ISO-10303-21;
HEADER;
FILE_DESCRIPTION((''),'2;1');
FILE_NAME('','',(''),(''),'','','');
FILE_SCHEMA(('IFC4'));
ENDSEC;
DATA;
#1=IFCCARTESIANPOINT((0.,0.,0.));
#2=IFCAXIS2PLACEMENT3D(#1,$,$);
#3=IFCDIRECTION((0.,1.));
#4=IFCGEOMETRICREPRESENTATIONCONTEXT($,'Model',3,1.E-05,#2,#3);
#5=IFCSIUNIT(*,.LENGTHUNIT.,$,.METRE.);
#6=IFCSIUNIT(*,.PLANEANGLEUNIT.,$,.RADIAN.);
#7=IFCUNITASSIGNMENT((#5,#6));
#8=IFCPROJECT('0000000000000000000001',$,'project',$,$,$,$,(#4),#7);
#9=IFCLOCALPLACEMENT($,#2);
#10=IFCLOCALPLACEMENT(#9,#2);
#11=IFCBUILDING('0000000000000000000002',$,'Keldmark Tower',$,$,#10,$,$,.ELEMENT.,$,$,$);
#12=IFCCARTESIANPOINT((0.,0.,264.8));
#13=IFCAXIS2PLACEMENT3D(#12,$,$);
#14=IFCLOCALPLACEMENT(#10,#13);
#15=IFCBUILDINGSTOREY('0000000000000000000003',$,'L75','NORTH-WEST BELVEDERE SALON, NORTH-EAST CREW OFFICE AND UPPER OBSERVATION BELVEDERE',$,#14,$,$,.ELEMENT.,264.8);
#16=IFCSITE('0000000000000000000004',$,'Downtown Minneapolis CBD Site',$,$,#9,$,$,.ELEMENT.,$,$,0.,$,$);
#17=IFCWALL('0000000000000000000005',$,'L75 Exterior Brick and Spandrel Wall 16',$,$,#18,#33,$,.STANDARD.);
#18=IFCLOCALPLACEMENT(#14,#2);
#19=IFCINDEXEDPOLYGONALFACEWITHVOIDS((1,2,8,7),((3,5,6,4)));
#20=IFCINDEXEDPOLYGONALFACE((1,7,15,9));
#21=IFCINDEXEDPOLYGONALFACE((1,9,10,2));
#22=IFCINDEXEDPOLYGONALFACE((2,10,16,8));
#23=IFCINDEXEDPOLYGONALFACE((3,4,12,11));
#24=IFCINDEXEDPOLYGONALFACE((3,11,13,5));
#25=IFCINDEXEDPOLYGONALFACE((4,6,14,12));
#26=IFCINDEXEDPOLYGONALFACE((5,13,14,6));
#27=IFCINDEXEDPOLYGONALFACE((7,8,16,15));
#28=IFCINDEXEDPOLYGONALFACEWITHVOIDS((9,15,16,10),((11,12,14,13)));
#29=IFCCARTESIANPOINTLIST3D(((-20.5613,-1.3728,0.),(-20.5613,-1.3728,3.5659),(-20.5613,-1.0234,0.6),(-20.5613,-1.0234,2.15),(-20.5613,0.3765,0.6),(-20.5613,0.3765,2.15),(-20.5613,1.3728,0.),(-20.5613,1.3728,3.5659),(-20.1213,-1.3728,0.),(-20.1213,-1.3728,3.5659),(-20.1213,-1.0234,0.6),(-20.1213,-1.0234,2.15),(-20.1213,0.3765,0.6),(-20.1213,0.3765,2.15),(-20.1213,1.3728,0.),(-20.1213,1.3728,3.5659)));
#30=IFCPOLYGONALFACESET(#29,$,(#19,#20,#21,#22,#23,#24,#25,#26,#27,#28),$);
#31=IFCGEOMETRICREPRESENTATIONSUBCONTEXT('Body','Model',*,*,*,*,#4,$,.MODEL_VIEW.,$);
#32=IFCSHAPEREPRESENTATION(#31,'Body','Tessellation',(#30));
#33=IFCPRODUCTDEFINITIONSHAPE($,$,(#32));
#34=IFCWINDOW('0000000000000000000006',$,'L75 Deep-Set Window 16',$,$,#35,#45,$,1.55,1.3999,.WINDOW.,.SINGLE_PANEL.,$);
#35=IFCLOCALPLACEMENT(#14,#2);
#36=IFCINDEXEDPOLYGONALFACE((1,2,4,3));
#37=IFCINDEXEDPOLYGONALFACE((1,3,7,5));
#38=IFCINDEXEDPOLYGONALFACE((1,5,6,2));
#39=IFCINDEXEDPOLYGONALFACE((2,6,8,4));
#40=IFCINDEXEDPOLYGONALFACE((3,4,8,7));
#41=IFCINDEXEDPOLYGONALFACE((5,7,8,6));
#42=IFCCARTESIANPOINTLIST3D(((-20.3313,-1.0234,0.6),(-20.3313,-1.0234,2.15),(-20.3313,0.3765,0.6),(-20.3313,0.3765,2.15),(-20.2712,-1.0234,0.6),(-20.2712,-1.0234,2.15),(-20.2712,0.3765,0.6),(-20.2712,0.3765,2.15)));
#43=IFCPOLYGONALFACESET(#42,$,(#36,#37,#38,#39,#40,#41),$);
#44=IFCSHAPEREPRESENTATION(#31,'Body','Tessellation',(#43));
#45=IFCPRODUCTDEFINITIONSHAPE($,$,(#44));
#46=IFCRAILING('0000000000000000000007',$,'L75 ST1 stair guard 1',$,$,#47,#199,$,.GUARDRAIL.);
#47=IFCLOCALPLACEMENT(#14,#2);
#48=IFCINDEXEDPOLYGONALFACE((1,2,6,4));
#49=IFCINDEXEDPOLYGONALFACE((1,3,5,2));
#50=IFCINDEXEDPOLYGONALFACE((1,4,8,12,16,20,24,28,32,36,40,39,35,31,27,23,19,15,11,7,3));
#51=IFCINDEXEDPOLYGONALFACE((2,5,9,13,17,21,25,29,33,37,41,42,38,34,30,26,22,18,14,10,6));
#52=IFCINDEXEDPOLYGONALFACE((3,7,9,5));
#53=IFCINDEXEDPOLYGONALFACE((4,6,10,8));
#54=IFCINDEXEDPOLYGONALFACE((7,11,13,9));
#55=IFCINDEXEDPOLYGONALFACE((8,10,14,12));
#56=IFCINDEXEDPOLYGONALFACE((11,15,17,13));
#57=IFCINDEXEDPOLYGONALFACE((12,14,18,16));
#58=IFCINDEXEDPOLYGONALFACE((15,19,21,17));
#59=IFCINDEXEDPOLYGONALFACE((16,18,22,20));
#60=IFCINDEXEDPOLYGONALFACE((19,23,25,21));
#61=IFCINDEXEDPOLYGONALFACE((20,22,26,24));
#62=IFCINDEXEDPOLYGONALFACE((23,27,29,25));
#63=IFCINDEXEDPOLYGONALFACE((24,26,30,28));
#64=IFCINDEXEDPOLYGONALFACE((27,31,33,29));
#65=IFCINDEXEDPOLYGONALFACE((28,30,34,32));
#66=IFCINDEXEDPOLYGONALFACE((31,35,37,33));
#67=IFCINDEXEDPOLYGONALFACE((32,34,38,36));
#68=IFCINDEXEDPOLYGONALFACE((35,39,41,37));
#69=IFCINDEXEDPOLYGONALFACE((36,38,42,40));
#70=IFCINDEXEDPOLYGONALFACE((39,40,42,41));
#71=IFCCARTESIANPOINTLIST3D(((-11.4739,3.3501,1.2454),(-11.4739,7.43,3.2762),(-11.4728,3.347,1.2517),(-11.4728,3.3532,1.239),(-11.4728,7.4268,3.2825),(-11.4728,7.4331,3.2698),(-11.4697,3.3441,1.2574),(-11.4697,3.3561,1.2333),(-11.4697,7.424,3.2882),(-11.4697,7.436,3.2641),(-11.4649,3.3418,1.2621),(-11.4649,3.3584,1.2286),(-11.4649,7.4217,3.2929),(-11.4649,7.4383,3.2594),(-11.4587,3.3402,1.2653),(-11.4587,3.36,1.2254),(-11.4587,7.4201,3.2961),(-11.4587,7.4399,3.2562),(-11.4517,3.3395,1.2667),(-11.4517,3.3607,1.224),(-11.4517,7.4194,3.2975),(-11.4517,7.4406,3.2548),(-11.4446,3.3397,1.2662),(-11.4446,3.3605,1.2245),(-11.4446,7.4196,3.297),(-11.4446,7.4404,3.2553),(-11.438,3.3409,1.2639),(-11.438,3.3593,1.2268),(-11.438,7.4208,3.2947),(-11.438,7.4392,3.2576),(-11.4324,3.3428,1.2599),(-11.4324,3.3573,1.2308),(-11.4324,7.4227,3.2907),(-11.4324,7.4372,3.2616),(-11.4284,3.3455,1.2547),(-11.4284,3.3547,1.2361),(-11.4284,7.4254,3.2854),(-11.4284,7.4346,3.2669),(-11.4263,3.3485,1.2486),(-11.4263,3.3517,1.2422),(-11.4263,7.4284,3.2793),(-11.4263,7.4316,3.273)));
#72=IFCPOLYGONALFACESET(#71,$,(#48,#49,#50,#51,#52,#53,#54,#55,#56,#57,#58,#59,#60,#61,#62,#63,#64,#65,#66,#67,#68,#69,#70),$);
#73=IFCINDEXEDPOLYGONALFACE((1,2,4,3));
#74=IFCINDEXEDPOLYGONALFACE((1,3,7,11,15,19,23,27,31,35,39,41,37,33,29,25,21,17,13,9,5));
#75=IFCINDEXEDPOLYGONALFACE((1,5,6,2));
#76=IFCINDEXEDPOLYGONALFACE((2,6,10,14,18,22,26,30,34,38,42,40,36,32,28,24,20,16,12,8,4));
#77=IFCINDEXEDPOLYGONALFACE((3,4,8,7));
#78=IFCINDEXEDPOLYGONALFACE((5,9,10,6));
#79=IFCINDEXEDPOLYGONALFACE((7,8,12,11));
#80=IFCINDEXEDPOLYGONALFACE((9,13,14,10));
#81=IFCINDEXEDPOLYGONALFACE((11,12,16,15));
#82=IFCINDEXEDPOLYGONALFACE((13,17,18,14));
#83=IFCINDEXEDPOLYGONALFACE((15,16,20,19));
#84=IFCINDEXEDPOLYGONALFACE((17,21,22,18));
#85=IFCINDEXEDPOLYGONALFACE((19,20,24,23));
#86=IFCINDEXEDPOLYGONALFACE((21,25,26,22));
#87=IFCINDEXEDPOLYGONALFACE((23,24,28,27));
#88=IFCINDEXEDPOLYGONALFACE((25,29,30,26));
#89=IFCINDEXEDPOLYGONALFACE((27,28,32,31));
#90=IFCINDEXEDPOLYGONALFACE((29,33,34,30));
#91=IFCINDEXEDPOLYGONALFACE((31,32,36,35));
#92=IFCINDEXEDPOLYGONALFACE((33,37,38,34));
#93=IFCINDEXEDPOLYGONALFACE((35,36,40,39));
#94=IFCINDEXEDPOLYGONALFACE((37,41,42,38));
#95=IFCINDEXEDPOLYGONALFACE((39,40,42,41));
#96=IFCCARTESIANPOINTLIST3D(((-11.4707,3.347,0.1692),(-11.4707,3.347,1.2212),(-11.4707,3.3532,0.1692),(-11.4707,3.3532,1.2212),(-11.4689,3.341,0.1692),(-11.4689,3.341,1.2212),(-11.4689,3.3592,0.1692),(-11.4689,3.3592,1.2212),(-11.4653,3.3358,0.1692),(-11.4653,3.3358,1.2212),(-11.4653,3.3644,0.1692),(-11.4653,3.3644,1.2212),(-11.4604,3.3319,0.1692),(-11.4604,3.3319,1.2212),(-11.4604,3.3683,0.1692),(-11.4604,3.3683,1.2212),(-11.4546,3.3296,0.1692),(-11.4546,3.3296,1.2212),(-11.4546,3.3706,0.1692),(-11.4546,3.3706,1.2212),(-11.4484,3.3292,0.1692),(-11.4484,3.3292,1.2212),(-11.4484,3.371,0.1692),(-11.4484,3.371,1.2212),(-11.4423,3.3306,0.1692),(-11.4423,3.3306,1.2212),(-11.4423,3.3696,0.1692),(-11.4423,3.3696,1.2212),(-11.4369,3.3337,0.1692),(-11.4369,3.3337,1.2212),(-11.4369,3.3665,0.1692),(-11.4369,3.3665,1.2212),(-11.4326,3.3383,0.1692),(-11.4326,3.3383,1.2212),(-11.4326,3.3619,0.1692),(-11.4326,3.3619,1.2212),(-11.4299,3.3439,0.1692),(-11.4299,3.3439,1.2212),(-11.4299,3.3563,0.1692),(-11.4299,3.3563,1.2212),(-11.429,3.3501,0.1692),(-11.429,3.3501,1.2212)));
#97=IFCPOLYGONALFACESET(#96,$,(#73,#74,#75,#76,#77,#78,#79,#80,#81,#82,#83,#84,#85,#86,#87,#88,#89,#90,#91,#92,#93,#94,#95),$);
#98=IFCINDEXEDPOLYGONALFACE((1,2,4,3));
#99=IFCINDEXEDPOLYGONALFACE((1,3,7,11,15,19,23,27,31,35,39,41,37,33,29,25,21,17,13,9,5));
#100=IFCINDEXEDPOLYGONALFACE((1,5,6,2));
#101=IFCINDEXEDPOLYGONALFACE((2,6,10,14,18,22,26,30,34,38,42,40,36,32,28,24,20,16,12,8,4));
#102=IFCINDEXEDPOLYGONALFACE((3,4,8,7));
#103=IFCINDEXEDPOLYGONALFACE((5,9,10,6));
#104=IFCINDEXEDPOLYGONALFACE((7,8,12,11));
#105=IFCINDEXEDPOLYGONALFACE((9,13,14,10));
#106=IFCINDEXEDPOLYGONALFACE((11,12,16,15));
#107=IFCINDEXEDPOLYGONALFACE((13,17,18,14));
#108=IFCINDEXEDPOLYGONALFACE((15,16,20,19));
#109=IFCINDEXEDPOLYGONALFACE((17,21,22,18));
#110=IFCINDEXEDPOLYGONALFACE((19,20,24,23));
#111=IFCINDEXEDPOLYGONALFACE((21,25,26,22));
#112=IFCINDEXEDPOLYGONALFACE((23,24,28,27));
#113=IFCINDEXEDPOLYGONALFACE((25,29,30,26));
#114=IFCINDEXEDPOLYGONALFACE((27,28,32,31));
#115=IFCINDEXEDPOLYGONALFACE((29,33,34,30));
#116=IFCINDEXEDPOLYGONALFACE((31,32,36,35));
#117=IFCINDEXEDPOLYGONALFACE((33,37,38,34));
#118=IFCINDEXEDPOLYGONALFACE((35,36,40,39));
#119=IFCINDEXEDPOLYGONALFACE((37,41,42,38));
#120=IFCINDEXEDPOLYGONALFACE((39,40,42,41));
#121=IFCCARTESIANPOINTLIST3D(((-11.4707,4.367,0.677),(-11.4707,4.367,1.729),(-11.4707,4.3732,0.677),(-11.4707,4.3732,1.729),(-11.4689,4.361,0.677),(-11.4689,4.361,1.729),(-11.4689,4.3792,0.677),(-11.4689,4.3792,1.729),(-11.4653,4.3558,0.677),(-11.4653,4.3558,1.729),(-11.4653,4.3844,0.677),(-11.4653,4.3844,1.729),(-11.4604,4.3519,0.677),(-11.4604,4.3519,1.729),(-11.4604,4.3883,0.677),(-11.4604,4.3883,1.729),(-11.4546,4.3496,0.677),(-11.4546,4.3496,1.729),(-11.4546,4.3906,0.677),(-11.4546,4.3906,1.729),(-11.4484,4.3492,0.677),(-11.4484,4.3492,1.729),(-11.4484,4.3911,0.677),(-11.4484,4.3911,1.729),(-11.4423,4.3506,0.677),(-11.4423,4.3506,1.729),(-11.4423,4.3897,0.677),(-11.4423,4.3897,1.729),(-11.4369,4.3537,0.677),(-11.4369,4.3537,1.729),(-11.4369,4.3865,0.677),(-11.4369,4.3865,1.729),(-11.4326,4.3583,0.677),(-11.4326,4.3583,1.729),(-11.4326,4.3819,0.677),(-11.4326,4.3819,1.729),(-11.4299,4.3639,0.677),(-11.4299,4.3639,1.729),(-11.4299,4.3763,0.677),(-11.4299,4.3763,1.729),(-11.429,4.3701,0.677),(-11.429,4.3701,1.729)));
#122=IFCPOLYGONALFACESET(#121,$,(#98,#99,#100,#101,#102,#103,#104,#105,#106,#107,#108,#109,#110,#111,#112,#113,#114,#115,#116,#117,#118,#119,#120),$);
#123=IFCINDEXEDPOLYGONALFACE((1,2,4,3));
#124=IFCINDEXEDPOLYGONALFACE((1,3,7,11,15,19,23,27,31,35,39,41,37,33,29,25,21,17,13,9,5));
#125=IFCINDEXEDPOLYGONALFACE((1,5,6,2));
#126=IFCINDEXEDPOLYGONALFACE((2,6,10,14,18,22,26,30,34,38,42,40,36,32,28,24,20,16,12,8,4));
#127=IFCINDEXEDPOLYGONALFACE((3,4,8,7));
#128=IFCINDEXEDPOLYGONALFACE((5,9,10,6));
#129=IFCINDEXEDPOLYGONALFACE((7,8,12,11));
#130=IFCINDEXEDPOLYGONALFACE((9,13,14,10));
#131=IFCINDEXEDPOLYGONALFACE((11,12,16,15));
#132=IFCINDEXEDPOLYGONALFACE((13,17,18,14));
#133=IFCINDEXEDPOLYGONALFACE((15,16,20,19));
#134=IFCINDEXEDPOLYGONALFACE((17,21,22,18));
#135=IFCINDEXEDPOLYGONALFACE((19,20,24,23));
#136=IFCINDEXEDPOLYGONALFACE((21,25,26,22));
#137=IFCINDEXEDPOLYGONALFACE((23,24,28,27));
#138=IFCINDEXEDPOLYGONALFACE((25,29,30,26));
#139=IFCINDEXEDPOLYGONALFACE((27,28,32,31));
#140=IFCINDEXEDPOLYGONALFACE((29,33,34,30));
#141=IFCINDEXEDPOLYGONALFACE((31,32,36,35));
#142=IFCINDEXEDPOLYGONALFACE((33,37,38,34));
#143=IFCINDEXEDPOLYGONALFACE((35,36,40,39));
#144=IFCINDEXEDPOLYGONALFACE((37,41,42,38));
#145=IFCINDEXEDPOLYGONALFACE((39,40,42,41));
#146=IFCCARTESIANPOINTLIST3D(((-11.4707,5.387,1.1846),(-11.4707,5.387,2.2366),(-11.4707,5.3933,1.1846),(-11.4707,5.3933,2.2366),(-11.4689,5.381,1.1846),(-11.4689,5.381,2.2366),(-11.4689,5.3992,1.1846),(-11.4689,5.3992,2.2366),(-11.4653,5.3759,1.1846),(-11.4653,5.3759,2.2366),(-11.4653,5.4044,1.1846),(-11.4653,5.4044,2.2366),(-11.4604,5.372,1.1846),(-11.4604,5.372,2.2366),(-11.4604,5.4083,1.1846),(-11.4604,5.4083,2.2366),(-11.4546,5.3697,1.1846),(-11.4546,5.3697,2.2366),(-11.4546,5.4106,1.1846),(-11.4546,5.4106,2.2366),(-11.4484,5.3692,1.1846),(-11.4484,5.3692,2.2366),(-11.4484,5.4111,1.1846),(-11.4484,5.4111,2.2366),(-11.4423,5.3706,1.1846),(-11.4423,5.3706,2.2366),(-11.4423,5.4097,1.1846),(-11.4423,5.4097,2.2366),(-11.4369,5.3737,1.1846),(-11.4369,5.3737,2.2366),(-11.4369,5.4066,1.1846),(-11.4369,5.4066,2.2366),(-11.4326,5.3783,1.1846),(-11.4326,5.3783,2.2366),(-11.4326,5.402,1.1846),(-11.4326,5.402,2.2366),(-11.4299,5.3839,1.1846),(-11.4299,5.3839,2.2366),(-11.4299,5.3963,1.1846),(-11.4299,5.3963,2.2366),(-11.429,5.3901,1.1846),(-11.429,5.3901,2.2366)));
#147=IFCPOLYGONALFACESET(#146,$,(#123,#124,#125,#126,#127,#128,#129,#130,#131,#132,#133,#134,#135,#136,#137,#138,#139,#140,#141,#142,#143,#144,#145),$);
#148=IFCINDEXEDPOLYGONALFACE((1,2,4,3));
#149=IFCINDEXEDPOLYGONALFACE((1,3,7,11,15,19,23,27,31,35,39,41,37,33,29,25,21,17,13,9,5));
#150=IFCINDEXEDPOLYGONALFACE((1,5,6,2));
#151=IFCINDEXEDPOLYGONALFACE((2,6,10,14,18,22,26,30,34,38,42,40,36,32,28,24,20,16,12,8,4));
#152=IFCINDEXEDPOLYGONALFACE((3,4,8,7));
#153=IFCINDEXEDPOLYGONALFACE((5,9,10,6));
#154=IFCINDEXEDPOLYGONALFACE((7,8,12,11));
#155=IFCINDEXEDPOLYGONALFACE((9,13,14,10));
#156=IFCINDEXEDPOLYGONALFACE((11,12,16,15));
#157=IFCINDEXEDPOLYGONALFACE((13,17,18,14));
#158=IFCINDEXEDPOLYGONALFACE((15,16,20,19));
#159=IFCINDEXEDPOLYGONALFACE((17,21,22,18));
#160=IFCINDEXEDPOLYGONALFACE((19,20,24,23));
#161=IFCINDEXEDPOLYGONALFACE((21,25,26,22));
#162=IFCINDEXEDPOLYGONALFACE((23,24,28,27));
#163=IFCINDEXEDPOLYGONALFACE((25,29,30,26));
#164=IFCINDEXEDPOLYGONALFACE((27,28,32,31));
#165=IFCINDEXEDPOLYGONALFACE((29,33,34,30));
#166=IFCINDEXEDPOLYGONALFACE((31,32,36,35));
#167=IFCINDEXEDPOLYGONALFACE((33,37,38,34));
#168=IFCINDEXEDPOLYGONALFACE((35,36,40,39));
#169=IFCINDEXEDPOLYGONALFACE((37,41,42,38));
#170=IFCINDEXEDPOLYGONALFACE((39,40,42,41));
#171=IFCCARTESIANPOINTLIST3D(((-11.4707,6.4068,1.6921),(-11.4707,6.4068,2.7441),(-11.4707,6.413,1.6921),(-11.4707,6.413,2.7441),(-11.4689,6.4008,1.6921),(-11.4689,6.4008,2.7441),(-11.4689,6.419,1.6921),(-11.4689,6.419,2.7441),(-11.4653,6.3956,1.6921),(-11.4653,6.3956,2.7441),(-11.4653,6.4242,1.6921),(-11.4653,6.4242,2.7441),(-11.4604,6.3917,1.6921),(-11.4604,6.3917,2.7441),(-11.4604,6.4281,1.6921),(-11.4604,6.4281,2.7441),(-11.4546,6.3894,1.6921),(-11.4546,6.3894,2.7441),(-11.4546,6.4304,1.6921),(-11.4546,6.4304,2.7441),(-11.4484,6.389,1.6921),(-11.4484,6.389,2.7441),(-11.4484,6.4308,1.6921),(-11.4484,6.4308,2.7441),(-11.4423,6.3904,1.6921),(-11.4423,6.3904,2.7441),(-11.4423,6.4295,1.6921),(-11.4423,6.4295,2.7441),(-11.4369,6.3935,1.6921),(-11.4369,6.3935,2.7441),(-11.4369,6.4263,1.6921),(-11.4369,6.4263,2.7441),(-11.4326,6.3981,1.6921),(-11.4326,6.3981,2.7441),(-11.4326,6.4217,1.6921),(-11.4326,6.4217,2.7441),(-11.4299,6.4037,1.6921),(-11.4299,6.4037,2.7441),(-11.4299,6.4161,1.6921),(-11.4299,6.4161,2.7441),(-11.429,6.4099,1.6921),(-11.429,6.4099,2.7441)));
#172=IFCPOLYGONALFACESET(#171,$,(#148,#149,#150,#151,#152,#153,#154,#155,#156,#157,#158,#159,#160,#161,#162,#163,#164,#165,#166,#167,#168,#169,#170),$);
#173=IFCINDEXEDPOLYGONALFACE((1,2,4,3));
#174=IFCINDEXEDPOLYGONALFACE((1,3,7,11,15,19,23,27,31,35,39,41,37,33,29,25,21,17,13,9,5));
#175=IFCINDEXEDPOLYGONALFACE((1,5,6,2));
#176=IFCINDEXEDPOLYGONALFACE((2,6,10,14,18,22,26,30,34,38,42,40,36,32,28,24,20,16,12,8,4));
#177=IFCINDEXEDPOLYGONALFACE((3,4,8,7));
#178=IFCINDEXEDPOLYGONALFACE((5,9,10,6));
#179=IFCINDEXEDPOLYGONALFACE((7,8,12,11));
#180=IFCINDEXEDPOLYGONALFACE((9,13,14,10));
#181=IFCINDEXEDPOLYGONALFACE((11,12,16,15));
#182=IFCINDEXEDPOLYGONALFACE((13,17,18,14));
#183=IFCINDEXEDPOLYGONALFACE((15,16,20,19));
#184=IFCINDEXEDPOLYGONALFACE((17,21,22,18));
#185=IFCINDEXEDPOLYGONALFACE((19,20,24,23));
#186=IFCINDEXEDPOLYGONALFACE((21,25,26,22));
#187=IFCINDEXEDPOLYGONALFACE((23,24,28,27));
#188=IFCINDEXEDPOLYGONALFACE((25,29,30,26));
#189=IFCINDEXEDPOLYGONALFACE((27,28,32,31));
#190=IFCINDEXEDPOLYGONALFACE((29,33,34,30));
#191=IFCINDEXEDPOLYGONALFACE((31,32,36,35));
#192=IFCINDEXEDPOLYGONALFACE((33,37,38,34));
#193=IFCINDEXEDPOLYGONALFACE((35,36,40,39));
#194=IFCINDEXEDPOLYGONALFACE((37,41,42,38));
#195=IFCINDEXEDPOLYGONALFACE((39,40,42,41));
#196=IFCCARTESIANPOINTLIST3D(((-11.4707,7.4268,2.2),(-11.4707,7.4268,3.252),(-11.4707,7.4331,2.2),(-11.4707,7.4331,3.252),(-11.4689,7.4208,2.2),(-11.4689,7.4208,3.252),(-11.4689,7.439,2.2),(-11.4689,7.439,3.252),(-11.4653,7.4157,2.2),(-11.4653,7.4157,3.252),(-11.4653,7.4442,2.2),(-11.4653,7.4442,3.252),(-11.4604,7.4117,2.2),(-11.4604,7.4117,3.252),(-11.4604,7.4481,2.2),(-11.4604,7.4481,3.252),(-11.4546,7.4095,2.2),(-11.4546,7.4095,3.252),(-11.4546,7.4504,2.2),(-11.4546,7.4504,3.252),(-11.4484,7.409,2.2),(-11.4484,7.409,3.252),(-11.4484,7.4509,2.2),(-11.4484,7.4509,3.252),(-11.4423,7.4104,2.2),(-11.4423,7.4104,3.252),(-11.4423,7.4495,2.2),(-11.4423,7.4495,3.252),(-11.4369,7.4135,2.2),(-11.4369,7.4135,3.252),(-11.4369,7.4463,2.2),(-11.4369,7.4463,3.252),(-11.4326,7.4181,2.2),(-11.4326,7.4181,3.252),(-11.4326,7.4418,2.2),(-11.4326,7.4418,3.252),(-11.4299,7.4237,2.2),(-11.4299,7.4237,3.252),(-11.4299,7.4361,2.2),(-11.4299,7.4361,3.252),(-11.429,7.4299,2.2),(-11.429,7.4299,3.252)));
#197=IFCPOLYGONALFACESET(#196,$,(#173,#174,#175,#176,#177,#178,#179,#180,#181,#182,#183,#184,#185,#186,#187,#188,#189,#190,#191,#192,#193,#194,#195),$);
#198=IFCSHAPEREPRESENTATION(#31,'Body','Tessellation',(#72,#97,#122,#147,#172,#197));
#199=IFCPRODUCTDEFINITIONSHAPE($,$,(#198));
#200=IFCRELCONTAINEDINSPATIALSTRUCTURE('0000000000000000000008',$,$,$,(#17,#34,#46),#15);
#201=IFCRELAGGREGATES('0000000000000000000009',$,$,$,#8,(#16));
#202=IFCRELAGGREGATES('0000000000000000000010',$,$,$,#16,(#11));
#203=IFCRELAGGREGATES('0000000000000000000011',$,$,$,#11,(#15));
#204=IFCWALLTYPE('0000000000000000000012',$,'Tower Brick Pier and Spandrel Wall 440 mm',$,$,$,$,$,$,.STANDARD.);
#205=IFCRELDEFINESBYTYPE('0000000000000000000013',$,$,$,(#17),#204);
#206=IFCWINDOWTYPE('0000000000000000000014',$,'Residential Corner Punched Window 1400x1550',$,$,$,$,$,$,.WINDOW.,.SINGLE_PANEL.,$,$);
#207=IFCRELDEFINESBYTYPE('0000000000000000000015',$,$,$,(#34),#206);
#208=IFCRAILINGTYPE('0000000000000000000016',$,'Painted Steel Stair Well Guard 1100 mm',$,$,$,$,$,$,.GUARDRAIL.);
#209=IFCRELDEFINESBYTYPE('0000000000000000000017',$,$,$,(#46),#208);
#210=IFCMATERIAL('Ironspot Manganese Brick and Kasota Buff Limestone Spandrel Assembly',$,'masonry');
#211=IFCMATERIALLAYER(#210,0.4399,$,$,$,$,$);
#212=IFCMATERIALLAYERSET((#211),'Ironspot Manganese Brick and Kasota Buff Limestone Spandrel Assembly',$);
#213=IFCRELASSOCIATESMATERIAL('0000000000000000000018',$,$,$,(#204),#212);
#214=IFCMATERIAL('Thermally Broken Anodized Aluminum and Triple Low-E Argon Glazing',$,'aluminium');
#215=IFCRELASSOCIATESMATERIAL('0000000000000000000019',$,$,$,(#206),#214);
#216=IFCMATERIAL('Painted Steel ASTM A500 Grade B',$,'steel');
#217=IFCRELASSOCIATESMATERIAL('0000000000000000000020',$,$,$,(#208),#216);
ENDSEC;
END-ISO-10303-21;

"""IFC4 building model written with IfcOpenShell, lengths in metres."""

from ifc_helpers import new_model, si_unit, direction, frame, frame_2d, origin, origin_2d, place, context, subcontext, project, spatial, rectangle, circle, extrude, material, layer, layer_set, type_object, element, fill, save


model = new_model("IFC4")

# Units and contexts
model_context = context("Model", 3, precision=1e-05, world=origin(), true_north=direction((0.0, 1.0)))
body_context = subcontext(model_context, "Body", "Model", "MODEL_VIEW")
ifc_project = project(units=[si_unit("LENGTHUNIT", "METRE"), si_unit("PLANEANGLEUNIT", "RADIAN")], contexts=[model_context])

# Site, building, storey
site_placement = place(None, origin())
site = spatial("IfcSite", under=ifc_project, at=site_placement, Name="Downtown Minneapolis CBD Site", CompositionType="ELEMENT", RefElevation=0.0)
building_placement = place(site_placement, origin())
building = spatial("IfcBuilding", under=site, at=building_placement, Name="Keldmark Tower", CompositionType="ELEMENT")
storey_placement = place(building_placement, frame((0.0, 0.0, 264.8)))
storey = spatial("IfcBuildingStorey", under=building, at=storey_placement, Name="L75", Description="NORTH-WEST BELVEDERE SALON, NORTH-EAST CREW OFFICE AND UPPER OBSERVATION BELVEDERE", CompositionType="ELEMENT", Elevation=264.8)

# Wall, opening, window
ifc_material_1 = material(Name="Ironspot Manganese Brick and Kasota Buff Limestone Spandrel Assembly", Category="masonry")
ifc_layer_1 = layer(ifc_material_1, 0.4399)
ifc_layer_set_1 = layer_set([ifc_layer_1], Name="Ironspot Manganese Brick and Kasota Buff Limestone Spandrel Assembly")
wall_type_1 = type_object("IfcWallType", Name="Tower Brick Pier and Spandrel Wall 440 mm", PredefinedType="STANDARD", material=ifc_layer_set_1)
ifc_material_2 = material(Name="Thermally Broken Anodized Aluminum and Triple Low-E Argon Glazing", Category="aluminium")
window_type = type_object("IfcWindowType", Name="Residential Corner Punched Window 1400x1550", PartitioningType="SINGLE_PANEL", PredefinedType="WINDOW", material=ifc_material_2)
wall_1_placement = place(storey_placement, frame((-20.3413, -1.3728, 0.0), z_axis=(0.0, 0.0, 1.0), x_axis=(0.0, 1.0, 0.0)))
wall_1 = element("IfcWall", 1, at=wall_1_placement, inside=storey, type_object=wall_type_1, Name="L75 Exterior Brick and Spandrel Wall 16", PredefinedType="STANDARD", context=body_context, shape_type="SweptSolid", body=[
    extrude(rectangle(XDim=2.7456, YDim=0.4399, at=frame_2d((1.3728, 0.0))), origin(), (0.0, 0.0, 1.0), 3.5659),
])
opening_1_placement = place(wall_1_placement, frame((0.3494, 0.0, 0.6001)))
opening_1 = element("IfcOpeningElement", 2, at=opening_1_placement, cuts=wall_1, PredefinedType="OPENING", context=body_context, shape_type="SweptSolid", body=[
    extrude(rectangle(XDim=1.3999, YDim=1.55, at=frame_2d((0.7, 0.7749))), frame((0.0, 0.23, 0.0), z_axis=(0.0, -1.0, 0.0), x_axis=(1.0, 0.0, 0.0)), (0.0, 0.0, 1.0), 0.46),
])
window_1_placement = place(opening_1_placement, origin())
window_1 = element("IfcWindow", 3, at=window_1_placement, inside=storey, type_object=window_type, Name="L75 Deep-Set Window 16", OverallHeight=1.55, OverallWidth=1.3999, PartitioningType="SINGLE_PANEL", PredefinedType="WINDOW", context=body_context, shape_type="SweptSolid", body=[
    extrude(rectangle(XDim=1.3999, YDim=1.55, at=frame_2d((0.7, 0.7749))), frame((0.0, -0.01, 0.0), z_axis=(0.0, -1.0, 0.0), x_axis=(1.0, 0.0, 0.0)), (0.0, 0.0, 1.0), 0.0601),
])
fill(opening_1, window_1)

# Railing
ifc_material_3 = material(Name="Painted Steel ASTM A500 Grade B", Category="steel")
railing_type = type_object("IfcRailingType", Name="Painted Steel Stair Well Guard 1100 mm", PredefinedType="GUARDRAIL", material=ifc_material_3)
railing_1_placement = place(storey_placement, frame((-11.45, 3.3501, 0.1692)))
element("IfcRailing", 4, at=railing_1_placement, inside=storey, type_object=railing_type, Name="L75 ST1 stair guard 1", PredefinedType="GUARDRAIL", context=body_context, shape_type="SweptSolid", body=[
    extrude(circle(Radius=0.0239, at=origin_2d()), frame((0.0, 0.0, 1.0762), z_axis=(0.0, 0.895229, 0.445606), x_axis=(-1.0, 0.0, 0.0)), (0.0, 0.0, 1.0), 4.5574),
    extrude(circle(Radius=0.021, at=origin_2d()), origin(), (0.0, 0.0, 1.0), 1.052),
    extrude(circle(Radius=0.021, at=origin_2d()), frame((0.0, 1.02, 0.5078)), (0.0, 0.0, 1.0), 1.052),
    extrude(circle(Radius=0.021, at=origin_2d()), frame((0.0, 2.04, 1.0154)), (0.0, 0.0, 1.0), 1.052),
    extrude(circle(Radius=0.021, at=origin_2d()), frame((0.0, 3.0598, 1.5229)), (0.0, 0.0, 1.0), 1.052),
    extrude(circle(Radius=0.021, at=origin_2d()), frame((0.0, 4.0798, 2.0308)), (0.0, 0.0, 1.0), 1.052),
])

save(model, "model.ifc")
